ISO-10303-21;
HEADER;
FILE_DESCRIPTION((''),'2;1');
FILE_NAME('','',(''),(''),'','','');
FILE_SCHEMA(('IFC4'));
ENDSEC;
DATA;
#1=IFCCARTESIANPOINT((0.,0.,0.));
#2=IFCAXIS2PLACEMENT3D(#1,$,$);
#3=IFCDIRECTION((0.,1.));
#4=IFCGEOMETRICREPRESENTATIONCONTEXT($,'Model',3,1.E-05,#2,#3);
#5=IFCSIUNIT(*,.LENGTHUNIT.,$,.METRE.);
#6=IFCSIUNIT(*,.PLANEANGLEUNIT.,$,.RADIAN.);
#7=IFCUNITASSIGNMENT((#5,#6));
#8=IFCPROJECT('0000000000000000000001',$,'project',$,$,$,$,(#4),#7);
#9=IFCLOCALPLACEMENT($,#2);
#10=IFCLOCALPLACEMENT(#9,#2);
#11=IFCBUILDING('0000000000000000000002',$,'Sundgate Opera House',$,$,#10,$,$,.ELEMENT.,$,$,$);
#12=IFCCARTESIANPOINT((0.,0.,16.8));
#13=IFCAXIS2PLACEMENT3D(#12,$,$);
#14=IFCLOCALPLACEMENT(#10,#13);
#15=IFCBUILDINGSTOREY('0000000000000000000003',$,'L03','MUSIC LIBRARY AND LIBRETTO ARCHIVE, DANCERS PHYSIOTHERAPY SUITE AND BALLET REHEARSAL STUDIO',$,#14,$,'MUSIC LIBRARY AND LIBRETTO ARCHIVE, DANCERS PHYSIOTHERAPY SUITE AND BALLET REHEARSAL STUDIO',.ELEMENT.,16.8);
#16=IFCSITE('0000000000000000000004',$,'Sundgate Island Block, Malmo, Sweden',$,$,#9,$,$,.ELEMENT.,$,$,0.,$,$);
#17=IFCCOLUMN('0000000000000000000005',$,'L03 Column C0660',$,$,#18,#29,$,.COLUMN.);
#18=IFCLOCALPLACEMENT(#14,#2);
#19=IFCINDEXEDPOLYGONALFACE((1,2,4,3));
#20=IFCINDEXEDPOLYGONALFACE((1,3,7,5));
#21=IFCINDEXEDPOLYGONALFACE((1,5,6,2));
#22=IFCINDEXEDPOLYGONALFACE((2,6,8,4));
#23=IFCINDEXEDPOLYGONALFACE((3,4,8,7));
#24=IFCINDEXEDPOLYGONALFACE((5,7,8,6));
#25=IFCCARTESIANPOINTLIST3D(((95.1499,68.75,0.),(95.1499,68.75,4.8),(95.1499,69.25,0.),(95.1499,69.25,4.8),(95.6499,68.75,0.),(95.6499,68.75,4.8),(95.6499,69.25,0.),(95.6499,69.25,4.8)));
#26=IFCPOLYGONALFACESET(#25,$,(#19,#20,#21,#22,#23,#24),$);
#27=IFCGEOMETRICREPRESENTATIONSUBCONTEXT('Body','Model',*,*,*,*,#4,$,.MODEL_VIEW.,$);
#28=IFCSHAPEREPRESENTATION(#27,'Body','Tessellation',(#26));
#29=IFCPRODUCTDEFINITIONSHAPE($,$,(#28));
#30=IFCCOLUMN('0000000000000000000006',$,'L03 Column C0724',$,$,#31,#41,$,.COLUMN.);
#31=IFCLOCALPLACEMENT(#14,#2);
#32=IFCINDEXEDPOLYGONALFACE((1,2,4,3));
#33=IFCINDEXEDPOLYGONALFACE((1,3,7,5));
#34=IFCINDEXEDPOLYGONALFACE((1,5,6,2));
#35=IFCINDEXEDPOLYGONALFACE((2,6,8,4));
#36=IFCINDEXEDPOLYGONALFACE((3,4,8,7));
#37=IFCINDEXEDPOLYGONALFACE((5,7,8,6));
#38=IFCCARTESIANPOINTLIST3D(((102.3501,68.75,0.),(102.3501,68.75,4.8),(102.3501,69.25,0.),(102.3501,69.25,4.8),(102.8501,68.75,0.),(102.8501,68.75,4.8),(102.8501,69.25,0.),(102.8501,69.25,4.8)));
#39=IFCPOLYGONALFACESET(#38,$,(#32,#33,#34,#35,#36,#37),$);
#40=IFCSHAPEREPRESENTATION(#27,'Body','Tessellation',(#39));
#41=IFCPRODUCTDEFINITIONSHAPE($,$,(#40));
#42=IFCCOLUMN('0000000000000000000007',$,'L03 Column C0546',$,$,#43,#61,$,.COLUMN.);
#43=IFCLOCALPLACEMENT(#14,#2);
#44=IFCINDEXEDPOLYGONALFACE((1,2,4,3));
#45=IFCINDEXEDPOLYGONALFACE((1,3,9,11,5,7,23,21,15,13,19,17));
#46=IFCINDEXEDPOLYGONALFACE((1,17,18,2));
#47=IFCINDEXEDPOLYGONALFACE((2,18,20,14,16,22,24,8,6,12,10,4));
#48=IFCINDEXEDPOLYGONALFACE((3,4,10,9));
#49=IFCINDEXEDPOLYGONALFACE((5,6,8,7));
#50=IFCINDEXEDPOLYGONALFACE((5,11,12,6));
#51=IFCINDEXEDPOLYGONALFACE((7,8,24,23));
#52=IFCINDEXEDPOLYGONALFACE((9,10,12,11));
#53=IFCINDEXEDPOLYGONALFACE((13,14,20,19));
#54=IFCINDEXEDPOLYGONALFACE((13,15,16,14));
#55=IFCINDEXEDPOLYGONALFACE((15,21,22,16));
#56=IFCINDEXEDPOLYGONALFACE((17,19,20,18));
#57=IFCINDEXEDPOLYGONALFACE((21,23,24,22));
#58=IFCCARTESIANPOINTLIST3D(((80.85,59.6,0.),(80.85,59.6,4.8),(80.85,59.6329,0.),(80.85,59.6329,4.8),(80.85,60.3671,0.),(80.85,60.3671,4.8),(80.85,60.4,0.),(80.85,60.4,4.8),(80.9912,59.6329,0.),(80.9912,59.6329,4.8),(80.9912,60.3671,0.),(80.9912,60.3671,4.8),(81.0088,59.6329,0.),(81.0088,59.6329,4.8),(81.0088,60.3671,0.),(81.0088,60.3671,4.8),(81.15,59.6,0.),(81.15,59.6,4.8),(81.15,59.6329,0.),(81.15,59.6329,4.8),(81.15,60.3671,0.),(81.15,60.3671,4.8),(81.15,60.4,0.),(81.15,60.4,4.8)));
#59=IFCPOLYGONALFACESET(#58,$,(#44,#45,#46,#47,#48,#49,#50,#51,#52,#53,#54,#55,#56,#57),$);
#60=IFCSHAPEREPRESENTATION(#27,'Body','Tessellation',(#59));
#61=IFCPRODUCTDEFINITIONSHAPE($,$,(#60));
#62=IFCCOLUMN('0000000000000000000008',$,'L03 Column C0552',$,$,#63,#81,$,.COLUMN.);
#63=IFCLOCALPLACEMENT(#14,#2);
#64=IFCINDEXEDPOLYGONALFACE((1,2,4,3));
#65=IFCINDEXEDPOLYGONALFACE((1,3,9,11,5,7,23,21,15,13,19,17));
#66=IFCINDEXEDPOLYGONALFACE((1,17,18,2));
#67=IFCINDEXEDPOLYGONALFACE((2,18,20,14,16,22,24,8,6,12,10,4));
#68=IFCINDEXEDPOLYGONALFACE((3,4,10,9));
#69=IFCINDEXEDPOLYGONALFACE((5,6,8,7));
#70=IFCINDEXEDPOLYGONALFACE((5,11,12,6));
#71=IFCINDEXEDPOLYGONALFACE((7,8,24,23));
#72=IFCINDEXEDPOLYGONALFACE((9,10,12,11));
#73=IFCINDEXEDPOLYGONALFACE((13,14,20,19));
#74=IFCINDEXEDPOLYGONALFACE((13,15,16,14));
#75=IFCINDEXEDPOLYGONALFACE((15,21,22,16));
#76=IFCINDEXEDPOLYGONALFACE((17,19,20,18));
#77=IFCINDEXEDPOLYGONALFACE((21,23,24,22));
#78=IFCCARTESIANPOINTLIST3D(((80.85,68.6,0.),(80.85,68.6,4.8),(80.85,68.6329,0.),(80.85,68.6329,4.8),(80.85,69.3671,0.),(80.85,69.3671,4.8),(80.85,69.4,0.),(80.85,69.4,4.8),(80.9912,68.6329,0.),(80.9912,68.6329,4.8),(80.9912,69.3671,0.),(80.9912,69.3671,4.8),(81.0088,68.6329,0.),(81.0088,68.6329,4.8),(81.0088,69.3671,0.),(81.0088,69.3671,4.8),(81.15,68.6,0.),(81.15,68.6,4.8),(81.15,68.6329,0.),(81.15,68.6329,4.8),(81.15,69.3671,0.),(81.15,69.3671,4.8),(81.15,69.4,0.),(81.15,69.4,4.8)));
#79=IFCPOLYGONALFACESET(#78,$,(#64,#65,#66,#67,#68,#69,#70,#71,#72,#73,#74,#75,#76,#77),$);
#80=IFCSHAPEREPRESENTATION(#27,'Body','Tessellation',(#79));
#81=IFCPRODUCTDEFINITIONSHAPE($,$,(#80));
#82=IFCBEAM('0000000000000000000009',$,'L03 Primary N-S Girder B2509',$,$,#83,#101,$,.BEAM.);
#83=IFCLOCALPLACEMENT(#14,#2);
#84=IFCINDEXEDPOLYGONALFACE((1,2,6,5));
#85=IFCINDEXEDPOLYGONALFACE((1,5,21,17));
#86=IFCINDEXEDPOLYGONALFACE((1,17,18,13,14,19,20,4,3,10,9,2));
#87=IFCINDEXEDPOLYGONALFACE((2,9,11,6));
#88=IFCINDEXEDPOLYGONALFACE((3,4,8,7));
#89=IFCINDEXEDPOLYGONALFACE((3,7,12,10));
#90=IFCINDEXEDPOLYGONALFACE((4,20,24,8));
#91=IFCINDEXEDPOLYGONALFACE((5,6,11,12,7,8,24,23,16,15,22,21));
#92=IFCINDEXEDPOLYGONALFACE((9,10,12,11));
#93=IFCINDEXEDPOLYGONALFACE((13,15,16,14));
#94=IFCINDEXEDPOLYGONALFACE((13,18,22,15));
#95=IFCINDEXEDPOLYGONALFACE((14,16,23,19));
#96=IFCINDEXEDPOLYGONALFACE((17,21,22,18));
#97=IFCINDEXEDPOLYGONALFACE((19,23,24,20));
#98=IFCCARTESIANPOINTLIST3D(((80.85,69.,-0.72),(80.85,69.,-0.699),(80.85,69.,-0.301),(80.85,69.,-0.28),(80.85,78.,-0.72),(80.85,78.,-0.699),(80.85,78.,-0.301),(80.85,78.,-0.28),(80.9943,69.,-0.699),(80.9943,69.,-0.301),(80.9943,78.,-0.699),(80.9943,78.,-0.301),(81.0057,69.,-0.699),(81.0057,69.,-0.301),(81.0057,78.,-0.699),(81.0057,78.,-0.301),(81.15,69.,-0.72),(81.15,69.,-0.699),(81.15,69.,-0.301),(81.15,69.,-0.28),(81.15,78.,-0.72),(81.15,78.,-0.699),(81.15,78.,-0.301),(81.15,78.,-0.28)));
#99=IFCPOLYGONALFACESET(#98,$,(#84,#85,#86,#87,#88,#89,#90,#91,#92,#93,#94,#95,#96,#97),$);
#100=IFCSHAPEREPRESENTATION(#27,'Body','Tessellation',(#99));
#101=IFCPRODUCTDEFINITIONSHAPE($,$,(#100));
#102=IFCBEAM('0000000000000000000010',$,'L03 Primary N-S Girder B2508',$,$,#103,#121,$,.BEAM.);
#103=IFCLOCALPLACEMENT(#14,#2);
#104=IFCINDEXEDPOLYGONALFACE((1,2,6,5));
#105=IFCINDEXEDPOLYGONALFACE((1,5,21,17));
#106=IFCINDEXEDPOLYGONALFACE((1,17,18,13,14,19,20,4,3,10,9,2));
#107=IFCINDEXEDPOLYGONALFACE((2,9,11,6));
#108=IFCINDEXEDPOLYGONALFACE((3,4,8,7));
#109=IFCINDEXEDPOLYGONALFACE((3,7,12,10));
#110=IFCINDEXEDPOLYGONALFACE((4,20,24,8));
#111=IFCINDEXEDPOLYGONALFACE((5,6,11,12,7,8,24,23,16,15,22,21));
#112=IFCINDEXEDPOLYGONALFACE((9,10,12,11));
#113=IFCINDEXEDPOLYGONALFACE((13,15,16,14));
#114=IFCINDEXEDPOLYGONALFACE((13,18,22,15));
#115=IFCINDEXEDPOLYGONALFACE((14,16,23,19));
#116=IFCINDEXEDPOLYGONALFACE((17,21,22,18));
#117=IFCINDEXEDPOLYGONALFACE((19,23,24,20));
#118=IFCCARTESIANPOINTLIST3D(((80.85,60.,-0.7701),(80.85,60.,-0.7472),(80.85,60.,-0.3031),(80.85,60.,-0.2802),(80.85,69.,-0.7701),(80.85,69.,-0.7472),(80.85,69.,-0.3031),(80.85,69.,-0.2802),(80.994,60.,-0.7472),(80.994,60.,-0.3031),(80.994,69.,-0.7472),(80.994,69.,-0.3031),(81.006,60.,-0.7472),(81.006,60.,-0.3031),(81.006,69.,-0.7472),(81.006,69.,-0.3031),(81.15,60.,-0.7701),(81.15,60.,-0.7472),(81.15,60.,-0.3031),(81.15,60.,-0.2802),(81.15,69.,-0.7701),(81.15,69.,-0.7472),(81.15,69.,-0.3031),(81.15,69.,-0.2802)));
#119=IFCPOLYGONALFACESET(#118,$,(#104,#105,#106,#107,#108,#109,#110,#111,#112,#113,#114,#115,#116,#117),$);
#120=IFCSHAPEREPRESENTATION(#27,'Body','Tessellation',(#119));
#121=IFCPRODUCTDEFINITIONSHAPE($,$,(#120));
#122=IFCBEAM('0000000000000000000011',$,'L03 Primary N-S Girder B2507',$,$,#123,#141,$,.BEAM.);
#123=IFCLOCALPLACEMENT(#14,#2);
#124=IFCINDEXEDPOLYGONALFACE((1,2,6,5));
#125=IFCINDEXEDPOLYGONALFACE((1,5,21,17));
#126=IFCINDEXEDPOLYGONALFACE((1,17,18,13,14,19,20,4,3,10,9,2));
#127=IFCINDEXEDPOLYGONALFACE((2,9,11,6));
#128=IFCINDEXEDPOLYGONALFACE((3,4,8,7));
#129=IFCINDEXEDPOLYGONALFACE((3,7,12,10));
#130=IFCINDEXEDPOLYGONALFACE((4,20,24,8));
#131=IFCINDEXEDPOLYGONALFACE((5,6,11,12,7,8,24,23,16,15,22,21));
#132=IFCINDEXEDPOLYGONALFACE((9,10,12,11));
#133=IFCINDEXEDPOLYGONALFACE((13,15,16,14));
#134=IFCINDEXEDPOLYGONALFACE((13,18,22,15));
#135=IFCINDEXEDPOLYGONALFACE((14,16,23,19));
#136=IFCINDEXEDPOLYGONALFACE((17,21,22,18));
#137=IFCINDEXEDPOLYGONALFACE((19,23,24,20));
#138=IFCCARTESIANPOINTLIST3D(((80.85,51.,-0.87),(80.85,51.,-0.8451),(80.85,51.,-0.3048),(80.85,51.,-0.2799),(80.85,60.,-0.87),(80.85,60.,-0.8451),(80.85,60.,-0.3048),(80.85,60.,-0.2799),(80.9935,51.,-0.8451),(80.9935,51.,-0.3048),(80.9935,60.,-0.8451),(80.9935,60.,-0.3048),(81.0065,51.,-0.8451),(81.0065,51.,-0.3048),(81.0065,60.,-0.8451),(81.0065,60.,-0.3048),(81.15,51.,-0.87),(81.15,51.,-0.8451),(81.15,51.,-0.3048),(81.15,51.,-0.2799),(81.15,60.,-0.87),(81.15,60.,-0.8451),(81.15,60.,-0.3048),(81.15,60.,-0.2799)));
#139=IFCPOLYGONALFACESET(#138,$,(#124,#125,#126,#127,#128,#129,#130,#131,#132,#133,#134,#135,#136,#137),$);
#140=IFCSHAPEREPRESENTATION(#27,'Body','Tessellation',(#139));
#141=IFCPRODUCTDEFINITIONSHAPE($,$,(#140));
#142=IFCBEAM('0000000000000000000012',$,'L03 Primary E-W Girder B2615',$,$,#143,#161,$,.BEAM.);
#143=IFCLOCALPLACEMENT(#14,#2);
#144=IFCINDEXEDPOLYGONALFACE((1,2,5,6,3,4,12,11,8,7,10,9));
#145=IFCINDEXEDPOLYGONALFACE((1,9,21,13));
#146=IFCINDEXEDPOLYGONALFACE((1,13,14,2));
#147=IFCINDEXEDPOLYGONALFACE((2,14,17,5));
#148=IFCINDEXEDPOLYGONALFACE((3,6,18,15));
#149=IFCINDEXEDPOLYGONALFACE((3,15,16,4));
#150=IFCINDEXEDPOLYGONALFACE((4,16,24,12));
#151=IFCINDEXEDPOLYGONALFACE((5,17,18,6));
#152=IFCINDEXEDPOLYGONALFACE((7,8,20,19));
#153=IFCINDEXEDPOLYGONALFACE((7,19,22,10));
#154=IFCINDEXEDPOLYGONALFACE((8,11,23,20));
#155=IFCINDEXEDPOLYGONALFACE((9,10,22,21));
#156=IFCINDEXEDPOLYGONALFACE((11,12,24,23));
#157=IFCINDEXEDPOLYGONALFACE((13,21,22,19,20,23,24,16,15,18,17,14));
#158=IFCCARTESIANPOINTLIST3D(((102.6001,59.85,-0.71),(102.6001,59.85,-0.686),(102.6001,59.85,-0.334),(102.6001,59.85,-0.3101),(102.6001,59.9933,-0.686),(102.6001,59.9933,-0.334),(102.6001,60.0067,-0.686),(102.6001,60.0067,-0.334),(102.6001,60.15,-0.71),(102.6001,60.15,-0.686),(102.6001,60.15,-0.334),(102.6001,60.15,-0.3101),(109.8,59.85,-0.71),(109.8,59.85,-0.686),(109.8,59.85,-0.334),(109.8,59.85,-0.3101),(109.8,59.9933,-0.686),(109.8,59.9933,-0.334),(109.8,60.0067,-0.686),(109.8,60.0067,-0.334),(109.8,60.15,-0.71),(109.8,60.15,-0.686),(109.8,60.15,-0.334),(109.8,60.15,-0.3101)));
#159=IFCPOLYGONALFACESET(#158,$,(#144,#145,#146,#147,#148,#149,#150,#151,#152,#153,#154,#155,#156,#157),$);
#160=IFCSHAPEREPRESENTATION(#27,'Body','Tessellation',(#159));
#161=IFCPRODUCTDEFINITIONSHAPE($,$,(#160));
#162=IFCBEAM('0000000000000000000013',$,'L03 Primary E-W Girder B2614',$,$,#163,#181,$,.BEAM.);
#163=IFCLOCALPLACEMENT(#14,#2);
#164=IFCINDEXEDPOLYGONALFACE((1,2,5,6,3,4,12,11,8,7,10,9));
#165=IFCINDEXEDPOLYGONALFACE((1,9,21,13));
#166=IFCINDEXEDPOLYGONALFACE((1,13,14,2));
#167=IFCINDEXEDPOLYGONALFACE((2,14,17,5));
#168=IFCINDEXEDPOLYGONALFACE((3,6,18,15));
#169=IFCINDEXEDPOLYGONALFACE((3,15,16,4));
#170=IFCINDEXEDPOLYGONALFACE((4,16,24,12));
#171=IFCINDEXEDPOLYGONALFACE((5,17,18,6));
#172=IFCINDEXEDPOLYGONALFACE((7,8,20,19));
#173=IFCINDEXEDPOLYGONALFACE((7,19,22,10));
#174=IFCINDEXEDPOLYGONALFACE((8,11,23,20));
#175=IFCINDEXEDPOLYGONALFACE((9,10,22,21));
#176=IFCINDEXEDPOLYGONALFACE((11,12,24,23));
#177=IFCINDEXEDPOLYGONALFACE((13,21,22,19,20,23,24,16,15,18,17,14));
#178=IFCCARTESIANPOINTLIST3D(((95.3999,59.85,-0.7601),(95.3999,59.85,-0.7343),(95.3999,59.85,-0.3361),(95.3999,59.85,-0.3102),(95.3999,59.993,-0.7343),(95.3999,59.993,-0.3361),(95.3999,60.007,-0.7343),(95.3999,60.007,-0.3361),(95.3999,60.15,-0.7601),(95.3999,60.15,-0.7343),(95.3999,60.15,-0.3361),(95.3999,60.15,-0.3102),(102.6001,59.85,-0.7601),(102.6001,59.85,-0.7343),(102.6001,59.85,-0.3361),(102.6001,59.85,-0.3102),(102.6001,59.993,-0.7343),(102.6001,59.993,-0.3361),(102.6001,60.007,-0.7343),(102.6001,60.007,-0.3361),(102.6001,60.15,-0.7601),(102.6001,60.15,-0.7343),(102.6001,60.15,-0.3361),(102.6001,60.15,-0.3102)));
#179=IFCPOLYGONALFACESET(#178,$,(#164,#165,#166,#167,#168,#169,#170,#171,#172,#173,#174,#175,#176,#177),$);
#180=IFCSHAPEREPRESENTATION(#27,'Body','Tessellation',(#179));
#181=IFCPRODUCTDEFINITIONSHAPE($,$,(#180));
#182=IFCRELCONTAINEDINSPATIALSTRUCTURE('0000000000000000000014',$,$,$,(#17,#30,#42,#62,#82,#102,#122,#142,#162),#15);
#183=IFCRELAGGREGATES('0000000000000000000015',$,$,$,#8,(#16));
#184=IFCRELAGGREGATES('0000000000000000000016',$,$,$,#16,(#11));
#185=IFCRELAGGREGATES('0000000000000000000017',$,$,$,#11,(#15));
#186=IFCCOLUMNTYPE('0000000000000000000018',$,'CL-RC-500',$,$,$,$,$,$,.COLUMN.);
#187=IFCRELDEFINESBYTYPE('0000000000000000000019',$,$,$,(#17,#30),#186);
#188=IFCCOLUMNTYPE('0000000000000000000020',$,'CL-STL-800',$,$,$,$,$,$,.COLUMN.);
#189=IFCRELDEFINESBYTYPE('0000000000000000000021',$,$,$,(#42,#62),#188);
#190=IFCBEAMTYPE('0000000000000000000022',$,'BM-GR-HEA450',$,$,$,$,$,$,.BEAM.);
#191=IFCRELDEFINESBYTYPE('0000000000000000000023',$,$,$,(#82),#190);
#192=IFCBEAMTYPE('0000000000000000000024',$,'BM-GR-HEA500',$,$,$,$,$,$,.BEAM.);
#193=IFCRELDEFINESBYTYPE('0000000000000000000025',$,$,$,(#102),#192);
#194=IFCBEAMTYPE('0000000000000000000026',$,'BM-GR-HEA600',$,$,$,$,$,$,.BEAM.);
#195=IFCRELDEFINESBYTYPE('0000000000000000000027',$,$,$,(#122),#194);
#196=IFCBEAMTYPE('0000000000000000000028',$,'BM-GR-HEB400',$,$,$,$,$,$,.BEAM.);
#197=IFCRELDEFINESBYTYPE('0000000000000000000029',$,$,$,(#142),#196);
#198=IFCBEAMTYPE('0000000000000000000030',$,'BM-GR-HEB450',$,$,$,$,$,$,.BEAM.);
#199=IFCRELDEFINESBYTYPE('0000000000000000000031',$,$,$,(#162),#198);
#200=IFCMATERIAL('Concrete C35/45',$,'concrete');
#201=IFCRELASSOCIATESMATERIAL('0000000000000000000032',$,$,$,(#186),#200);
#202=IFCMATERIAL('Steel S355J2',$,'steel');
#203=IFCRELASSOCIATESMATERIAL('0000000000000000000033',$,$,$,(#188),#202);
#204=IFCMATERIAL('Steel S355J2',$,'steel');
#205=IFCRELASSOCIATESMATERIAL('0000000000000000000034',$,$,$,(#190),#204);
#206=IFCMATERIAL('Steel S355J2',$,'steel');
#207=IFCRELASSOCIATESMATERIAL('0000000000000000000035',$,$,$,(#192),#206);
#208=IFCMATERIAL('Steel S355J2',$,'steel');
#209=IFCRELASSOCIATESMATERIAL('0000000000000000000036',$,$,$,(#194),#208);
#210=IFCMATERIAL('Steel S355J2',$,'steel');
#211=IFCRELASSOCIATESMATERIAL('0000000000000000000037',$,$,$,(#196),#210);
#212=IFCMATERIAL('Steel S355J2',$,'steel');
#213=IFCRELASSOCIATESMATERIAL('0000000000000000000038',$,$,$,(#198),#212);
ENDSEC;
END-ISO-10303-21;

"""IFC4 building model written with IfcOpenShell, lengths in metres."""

from ifc_helpers import new_model, si_unit, direction, frame, origin, origin_2d, place, context, subcontext, project, spatial, rectangle, i_section, extrude, material, material_profile, profile_set, type_object, element, save


model = new_model("IFC4")

# Units and contexts
model_context = context("Model", 3, precision=1e-05, world=origin(), true_north=direction((0.0, 1.0)))
body_context = subcontext(model_context, "Body", "Model", "MODEL_VIEW")
ifc_project = project(units=[si_unit("LENGTHUNIT", "METRE"), si_unit("PLANEANGLEUNIT", "RADIAN")], contexts=[model_context])

# Site, building, storey
site_placement = place(None, origin())
site = spatial("IfcSite", under=ifc_project, at=site_placement, Name="Sundgate Island Block, Malmo, Sweden", CompositionType="ELEMENT", RefElevation=0.0)
building_placement = place(site_placement, origin())
building = spatial("IfcBuilding", under=site, at=building_placement, Name="Sundgate Opera House", CompositionType="ELEMENT")
storey_placement = place(building_placement, frame((0.0, 0.0, 16.8)))
storey = spatial("IfcBuildingStorey", under=building, at=storey_placement, Name="L03", Description="MUSIC LIBRARY AND LIBRETTO ARCHIVE, DANCERS PHYSIOTHERAPY SUITE AND BALLET REHEARSAL STUDIO", LongName="MUSIC LIBRARY AND LIBRETTO ARCHIVE, DANCERS PHYSIOTHERAPY SUITE AND BALLET REHEARSAL STUDIO", CompositionType="ELEMENT", Elevation=16.8)

# Columns
ifc_material_1 = material(Name="Concrete C35/45", Category="concrete")
ifc_material_profile_1 = material_profile(ifc_material_1, rectangle(XDim=0.5, YDim=0.5, at=origin_2d()), Name="RC 500x500")
ifc_profile_set_1 = profile_set([ifc_material_profile_1], Name="Concrete C35/45")
column_type_1 = type_object("IfcColumnType", Name="CL-RC-500", PredefinedType="COLUMN", material=ifc_profile_set_1)
for number, where, z_axis, x_axis, name in (
    (1, (95.3999, 69.0, 0.0), (0.0, 0.0, 1.0), (1.0, 0.0, 0.0), "L03 Column C0660"),
    (2, (102.6001, 69.0, 0.0), (0.0, 0.0, 1.0), (1.0, 0.0, 0.0), "L03 Column C0724"),
):
    element("IfcColumn", number, at=place(storey_placement, frame(where, z_axis=z_axis, x_axis=x_axis)), inside=storey, type_object=column_type_1, Name=name, PredefinedType="COLUMN", context=body_context, shape_type="SweptSolid", body=[
        extrude(rectangle(XDim=0.5, YDim=0.5, at=origin_2d()), origin(), (0.0, 0.0, 1.0), 4.8),
    ])
ifc_material_2 = material(Name="Steel S355J2", Category="steel")
ifc_material_profile_2 = material_profile(ifc_material_2, i_section(OverallWidth=0.3, OverallDepth=0.8, WebThickness=0.0176, FlangeThickness=0.033, at=origin_2d()), Name="HEB 800")
ifc_profile_set_2 = profile_set([ifc_material_profile_2], Name="Steel S355J2")
column_type_2 = type_object("IfcColumnType", Name="CL-STL-800", PredefinedType="COLUMN", material=ifc_profile_set_2)
for number, where, z_axis, x_axis, name in (
    (3, (81.0, 60.0, 0.0), (0.0, 0.0, 1.0), (1.0, 0.0, 0.0), "L03 Column C0546"),
    (4, (81.0, 69.0, 0.0), (0.0, 0.0, 1.0), (1.0, 0.0, 0.0), "L03 Column C0552"),
):
    element("IfcColumn", number, at=place(storey_placement, frame(where, z_axis=z_axis, x_axis=x_axis)), inside=storey, type_object=column_type_2, Name=name, PredefinedType="COLUMN", context=body_context, shape_type="SweptSolid", body=[
        extrude(i_section(OverallWidth=0.3, OverallDepth=0.8, WebThickness=0.0176, FlangeThickness=0.033, at=origin_2d()), origin(), (0.0, 0.0, 1.0), 4.8),
    ])

# Beams
ifc_material_3 = material(Name="Steel S355J2", Category="steel")
ifc_material_profile_3 = material_profile(ifc_material_3, i_section(OverallWidth=0.3, OverallDepth=0.4399, WebThickness=0.0115, FlangeThickness=0.021, at=origin_2d()), Name="HEA 450")
ifc_profile_set_3 = profile_set([ifc_material_profile_3], Name="Steel S355J2")
beam_type_1 = type_object("IfcBeamType", Name="BM-GR-HEA450", PredefinedType="BEAM", material=ifc_profile_set_3)
beam_1_placement = place(storey_placement, frame((81.0, 69.0, -0.5), z_axis=(0.0, 1.0, 0.0), x_axis=(-1.0, 0.0, 0.0)))
element("IfcBeam", 5, at=beam_1_placement, inside=storey, type_object=beam_type_1, Name="L03 Primary N-S Girder B2509", PredefinedType="BEAM", context=body_context, shape_type="SweptSolid", body=[
    extrude(i_section(OverallWidth=0.3, OverallDepth=0.4399, WebThickness=0.0115, FlangeThickness=0.021, at=origin_2d()), origin(), (0.0, 0.0, 1.0), 9.0),
])
ifc_material_4 = material(Name="Steel S355J2", Category="steel")
ifc_material_profile_4 = material_profile(ifc_material_4, i_section(OverallWidth=0.3, OverallDepth=0.49, WebThickness=0.012, FlangeThickness=0.0229, at=origin_2d()), Name="HEA 500")
ifc_profile_set_4 = profile_set([ifc_material_profile_4], Name="Steel S355J2")
beam_type_2 = type_object("IfcBeamType", Name="BM-GR-HEA500", PredefinedType="BEAM", material=ifc_profile_set_4)
beam_2_placement = place(storey_placement, frame((81.0, 60.0, -0.5251), z_axis=(0.0, 1.0, 0.0), x_axis=(-1.0, 0.0, 0.0)))
element("IfcBeam", 6, at=beam_2_placement, inside=storey, type_object=beam_type_2, Name="L03 Primary N-S Girder B2508", PredefinedType="BEAM", context=body_context, shape_type="SweptSolid", body=[
    extrude(i_section(OverallWidth=0.3, OverallDepth=0.49, WebThickness=0.012, FlangeThickness=0.0229, at=origin_2d()), origin(), (0.0, 0.0, 1.0), 9.0),
])
ifc_material_5 = material(Name="Steel S355J2", Category="steel")
ifc_material_profile_5 = material_profile(ifc_material_5, i_section(OverallWidth=0.3, OverallDepth=0.5901, WebThickness=0.0129, FlangeThickness=0.0249, at=origin_2d()), Name="HEA 600")
ifc_profile_set_5 = profile_set([ifc_material_profile_5], Name="Steel S355J2")
beam_type_3 = type_object("IfcBeamType", Name="BM-GR-HEA600", PredefinedType="BEAM", material=ifc_profile_set_5)
beam_3_placement = place(storey_placement, frame((81.0, 51.0, -0.575), z_axis=(0.0, 1.0, 0.0), x_axis=(-1.0, 0.0, 0.0)))
element("IfcBeam", 7, at=beam_3_placement, inside=storey, type_object=beam_type_3, Name="L03 Primary N-S Girder B2507", PredefinedType="BEAM", context=body_context, shape_type="SweptSolid", body=[
    extrude(i_section(OverallWidth=0.3, OverallDepth=0.5901, WebThickness=0.0129, FlangeThickness=0.0249, at=origin_2d()), origin(), (0.0, 0.0, 1.0), 9.0),
])
ifc_material_6 = material(Name="Steel S355J2", Category="steel")
ifc_material_profile_6 = material_profile(ifc_material_6, i_section(OverallWidth=0.3, OverallDepth=0.3999, WebThickness=0.0134, FlangeThickness=0.0239, at=origin_2d()), Name="HEB 400")
ifc_profile_set_6 = profile_set([ifc_material_profile_6], Name="Steel S355J2")
beam_type_4 = type_object("IfcBeamType", Name="BM-GR-HEB400", PredefinedType="BEAM", material=ifc_profile_set_6)
beam_4_placement = place(storey_placement, frame((102.6001, 60.0, -0.51), z_axis=(1.0, 0.0, 0.0), x_axis=(0.0, 1.0, 0.0)))
element("IfcBeam", 8, at=beam_4_placement, inside=storey, type_object=beam_type_4, Name="L03 Primary E-W Girder B2615", PredefinedType="BEAM", context=body_context, shape_type="SweptSolid", body=[
    extrude(i_section(OverallWidth=0.3, OverallDepth=0.3999, WebThickness=0.0134, FlangeThickness=0.0239, at=origin_2d()), origin(), (0.0, 0.0, 1.0), 7.2),
])
ifc_material_7 = material(Name="Steel S355J2", Category="steel")
ifc_material_profile_7 = material_profile(ifc_material_7, i_section(OverallWidth=0.3, OverallDepth=0.45, WebThickness=0.0139, FlangeThickness=0.0259, at=origin_2d()), Name="HEB 450")
ifc_profile_set_7 = profile_set([ifc_material_profile_7], Name="Steel S355J2")
beam_type_5 = type_object("IfcBeamType", Name="BM-GR-HEB450", PredefinedType="BEAM", material=ifc_profile_set_7)
beam_5_placement = place(storey_placement, frame((95.3999, 60.0, -0.5352), z_axis=(1.0, 0.0, 0.0), x_axis=(0.0, 1.0, 0.0)))
element("IfcBeam", 9, at=beam_5_placement, inside=storey, type_object=beam_type_5, Name="L03 Primary E-W Girder B2614", PredefinedType="BEAM", context=body_context, shape_type="SweptSolid", body=[
    extrude(i_section(OverallWidth=0.3, OverallDepth=0.45, WebThickness=0.0139, FlangeThickness=0.0259, at=origin_2d()), origin(), (0.0, 0.0, 1.0), 7.2002),
])

save(model, "model.ifc")
